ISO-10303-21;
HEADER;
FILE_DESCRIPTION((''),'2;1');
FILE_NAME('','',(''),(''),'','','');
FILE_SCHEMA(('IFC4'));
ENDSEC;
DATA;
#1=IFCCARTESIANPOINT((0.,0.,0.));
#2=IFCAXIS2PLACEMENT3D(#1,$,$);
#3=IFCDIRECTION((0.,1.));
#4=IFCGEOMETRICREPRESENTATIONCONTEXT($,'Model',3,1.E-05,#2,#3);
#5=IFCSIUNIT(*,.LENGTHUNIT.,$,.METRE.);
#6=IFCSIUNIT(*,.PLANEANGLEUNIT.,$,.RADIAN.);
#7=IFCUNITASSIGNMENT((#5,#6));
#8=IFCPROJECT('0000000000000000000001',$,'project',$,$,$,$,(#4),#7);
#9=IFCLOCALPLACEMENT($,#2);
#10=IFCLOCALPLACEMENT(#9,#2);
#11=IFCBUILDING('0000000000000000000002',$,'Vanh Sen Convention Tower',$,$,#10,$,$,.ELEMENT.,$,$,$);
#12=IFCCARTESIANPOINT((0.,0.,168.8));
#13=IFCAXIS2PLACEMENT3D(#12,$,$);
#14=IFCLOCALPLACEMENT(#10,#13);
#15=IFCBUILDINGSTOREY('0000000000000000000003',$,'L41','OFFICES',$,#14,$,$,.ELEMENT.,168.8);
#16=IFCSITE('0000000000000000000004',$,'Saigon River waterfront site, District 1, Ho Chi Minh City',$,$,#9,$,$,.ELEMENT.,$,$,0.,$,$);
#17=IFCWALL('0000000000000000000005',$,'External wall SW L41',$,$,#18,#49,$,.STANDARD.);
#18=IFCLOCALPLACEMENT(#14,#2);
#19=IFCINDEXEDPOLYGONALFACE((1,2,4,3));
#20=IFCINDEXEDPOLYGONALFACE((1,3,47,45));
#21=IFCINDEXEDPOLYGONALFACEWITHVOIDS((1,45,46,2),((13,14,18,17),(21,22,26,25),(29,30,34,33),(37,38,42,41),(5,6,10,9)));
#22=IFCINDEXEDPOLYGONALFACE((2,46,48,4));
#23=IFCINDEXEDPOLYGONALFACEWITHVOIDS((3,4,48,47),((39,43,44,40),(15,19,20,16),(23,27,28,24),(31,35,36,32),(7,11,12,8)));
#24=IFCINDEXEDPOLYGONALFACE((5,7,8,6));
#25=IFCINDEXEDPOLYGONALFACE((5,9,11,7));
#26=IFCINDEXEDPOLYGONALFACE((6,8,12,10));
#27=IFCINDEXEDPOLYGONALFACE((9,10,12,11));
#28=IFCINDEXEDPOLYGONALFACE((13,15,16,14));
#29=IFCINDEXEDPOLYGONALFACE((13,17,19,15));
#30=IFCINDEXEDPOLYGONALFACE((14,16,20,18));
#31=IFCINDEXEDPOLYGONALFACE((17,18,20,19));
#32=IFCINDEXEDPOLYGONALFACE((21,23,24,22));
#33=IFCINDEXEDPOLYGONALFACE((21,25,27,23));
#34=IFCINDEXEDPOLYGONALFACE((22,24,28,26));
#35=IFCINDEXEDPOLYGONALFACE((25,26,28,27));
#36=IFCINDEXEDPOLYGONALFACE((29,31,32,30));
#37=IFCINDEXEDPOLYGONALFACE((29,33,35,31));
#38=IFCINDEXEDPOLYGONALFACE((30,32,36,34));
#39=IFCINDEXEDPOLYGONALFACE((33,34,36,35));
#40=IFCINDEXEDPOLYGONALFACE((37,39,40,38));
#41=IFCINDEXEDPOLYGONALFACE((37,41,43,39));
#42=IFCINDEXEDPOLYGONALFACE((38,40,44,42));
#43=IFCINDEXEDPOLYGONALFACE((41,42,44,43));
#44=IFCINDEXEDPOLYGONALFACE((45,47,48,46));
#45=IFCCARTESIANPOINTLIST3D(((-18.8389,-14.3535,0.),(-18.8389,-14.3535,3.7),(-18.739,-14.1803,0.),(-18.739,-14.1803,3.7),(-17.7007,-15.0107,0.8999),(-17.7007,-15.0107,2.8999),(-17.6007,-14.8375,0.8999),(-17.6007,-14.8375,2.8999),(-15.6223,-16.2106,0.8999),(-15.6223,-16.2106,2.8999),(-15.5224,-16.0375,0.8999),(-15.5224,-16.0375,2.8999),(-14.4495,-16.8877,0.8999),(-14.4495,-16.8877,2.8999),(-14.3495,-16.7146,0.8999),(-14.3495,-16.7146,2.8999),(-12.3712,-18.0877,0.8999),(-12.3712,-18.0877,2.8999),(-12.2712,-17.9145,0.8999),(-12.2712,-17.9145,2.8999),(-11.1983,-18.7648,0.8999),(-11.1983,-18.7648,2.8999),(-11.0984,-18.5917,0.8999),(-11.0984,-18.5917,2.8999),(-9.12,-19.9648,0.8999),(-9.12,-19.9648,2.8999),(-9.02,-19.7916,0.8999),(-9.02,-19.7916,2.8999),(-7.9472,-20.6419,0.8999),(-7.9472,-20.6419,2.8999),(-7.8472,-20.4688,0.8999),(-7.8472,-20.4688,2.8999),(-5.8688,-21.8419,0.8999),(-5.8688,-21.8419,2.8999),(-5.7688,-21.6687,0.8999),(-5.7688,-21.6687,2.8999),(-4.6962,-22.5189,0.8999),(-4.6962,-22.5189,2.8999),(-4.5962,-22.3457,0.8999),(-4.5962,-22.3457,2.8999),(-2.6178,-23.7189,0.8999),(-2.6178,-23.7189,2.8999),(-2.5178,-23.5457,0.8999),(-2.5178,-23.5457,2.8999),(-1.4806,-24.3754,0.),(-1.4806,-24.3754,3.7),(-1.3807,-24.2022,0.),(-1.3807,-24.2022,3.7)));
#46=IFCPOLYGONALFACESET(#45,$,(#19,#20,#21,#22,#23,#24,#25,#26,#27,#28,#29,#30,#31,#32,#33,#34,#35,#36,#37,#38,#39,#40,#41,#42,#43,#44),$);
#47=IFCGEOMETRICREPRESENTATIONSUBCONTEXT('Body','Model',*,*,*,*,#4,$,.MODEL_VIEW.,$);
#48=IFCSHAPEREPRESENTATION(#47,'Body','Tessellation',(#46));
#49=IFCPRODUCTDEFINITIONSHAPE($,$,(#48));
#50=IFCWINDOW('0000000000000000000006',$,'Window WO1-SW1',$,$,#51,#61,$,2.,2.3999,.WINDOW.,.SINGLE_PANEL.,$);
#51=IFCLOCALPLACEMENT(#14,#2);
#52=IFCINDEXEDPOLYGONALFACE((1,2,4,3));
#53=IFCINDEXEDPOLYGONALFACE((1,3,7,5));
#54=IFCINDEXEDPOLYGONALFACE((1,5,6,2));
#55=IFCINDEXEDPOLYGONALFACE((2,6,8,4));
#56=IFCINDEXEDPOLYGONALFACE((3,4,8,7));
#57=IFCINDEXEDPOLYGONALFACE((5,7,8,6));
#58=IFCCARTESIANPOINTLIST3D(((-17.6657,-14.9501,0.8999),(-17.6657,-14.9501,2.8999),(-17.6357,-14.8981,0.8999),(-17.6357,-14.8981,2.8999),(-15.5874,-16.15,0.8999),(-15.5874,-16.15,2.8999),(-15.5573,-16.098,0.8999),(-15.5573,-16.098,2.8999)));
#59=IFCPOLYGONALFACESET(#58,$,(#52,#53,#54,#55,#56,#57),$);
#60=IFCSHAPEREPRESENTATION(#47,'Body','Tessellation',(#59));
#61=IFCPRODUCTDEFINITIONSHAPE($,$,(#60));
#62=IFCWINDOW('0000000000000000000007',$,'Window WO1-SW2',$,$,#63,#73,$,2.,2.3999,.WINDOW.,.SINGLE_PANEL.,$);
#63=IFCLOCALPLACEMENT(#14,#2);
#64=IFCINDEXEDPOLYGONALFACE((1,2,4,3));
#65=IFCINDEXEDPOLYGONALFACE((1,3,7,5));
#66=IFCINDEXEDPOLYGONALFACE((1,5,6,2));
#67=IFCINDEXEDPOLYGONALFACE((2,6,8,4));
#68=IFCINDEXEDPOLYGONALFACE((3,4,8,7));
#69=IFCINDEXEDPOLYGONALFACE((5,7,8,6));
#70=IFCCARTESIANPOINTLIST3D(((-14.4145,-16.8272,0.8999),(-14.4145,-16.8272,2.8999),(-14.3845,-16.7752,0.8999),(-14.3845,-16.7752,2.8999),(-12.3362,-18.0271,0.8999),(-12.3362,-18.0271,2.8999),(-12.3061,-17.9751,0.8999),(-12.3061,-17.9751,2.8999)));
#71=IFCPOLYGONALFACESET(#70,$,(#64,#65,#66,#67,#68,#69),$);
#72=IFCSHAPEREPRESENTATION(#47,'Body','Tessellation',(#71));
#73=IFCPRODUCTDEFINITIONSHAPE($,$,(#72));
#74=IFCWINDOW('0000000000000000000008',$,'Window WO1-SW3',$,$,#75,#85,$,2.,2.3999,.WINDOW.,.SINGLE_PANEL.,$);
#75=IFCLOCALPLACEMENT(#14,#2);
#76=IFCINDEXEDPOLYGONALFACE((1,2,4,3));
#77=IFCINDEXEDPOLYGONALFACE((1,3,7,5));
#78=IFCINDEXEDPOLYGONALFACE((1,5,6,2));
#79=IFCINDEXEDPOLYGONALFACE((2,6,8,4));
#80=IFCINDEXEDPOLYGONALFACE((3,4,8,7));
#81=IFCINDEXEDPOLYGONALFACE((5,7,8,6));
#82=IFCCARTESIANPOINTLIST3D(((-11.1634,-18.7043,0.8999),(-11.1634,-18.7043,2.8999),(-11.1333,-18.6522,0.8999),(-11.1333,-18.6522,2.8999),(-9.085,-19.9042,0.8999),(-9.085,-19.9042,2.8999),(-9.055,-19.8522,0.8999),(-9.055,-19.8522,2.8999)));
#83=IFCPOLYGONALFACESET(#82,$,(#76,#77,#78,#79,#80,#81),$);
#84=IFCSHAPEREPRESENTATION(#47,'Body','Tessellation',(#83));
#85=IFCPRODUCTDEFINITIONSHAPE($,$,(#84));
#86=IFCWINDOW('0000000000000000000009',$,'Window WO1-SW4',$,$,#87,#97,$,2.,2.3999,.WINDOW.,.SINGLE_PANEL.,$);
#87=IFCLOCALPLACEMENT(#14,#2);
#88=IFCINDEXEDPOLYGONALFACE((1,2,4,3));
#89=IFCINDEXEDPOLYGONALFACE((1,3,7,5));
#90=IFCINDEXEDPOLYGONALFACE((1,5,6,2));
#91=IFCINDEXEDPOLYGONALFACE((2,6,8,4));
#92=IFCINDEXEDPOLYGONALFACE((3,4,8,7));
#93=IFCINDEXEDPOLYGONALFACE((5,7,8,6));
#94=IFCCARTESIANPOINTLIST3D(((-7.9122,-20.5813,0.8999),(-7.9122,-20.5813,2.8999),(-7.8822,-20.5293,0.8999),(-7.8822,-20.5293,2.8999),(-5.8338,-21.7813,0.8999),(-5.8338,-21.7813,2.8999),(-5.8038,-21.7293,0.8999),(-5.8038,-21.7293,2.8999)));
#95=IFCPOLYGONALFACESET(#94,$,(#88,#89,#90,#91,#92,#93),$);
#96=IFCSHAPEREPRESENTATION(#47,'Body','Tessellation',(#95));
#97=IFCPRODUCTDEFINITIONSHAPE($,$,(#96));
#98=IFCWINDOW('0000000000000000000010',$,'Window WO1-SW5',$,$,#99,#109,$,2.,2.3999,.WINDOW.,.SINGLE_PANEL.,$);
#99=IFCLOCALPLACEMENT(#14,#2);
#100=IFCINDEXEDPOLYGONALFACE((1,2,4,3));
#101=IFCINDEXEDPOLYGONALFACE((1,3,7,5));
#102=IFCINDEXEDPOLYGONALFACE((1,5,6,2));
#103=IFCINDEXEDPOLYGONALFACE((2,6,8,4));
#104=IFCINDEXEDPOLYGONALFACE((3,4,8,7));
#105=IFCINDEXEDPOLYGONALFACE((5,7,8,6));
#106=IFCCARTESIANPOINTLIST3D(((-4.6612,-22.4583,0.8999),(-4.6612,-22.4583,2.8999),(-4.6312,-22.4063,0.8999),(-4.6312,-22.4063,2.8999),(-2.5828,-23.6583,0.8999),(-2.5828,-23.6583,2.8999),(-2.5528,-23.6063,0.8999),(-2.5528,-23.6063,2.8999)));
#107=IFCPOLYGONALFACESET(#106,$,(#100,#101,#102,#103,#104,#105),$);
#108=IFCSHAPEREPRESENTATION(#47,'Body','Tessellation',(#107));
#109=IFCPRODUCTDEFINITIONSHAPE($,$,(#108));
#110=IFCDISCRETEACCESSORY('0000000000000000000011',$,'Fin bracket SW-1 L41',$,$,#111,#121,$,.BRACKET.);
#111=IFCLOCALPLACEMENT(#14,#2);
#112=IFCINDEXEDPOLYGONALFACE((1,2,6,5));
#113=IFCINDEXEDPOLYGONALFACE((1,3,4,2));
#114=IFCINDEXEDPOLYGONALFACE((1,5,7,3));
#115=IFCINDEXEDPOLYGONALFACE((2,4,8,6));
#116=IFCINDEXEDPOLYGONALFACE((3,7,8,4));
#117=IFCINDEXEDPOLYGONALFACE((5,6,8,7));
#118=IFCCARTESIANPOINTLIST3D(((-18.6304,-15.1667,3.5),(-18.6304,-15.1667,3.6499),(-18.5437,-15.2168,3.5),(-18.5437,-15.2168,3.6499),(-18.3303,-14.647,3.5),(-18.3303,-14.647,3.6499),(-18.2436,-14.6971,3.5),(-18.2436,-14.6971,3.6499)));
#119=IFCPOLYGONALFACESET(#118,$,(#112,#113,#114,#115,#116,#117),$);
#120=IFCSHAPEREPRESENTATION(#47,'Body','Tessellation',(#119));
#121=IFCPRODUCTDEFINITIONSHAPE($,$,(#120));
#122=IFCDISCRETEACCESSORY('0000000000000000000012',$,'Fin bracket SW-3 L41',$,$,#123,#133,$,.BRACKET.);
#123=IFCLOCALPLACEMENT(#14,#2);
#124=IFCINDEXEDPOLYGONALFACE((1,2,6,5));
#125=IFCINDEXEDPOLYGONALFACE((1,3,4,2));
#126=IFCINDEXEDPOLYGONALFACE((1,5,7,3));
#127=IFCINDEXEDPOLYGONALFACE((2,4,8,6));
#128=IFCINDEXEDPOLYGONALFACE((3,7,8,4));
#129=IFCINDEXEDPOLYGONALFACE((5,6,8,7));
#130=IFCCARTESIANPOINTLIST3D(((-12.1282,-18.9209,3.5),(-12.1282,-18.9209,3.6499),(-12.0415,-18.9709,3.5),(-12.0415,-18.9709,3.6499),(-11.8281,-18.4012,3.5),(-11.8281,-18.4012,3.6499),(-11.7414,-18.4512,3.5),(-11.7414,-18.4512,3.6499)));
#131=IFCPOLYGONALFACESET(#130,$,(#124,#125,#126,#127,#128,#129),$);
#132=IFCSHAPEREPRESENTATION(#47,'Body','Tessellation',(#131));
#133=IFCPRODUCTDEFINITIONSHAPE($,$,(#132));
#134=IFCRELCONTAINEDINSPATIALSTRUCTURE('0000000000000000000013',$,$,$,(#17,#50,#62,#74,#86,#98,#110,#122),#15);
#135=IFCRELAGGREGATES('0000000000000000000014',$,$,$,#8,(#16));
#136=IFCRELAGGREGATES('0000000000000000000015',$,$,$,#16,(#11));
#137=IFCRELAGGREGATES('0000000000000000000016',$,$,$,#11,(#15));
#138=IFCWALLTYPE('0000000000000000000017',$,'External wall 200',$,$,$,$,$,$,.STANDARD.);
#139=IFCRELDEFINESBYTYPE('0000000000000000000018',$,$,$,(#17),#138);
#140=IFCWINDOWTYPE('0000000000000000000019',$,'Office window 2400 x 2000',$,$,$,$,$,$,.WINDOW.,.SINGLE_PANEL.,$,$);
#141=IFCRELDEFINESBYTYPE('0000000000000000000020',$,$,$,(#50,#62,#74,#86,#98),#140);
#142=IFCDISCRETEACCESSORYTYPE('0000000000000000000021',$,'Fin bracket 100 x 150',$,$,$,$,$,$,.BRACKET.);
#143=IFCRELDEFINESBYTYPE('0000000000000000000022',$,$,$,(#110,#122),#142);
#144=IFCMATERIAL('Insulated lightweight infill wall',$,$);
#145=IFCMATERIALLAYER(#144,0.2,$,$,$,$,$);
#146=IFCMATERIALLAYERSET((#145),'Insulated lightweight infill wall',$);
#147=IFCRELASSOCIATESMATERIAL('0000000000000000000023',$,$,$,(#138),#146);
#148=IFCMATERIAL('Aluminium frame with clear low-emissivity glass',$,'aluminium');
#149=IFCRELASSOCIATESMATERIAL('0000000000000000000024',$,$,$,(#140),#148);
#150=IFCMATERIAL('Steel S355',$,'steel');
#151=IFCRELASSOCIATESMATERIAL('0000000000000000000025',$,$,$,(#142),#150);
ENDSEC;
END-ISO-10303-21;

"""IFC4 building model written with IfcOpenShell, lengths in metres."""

from ifc_helpers import new_model, si_unit, direction, frame, frame_2d, origin, origin_2d, place, context, subcontext, project, spatial, rectangle, extrude, material, layer, layer_set, type_object, element, fill, save


model = new_model("IFC4")

# Units and contexts
model_context = context("Model", 3, precision=1e-05, world=origin(), true_north=direction((0.0, 1.0)))
body_context = subcontext(model_context, "Body", "Model", "MODEL_VIEW")
ifc_project = project(units=[si_unit("LENGTHUNIT", "METRE"), si_unit("PLANEANGLEUNIT", "RADIAN")], contexts=[model_context])

# Site, building, storey
site_placement = place(None, origin())
site = spatial("IfcSite", under=ifc_project, at=site_placement, Name="Saigon River waterfront site, District 1, Ho Chi Minh City", CompositionType="ELEMENT", RefElevation=0.0)
building_placement = place(site_placement, origin())
building = spatial("IfcBuilding", under=site, at=building_placement, Name="Vanh Sen Convention Tower", CompositionType="ELEMENT")
storey_placement = place(building_placement, frame((0.0, 0.0, 168.8)))
storey = spatial("IfcBuildingStorey", under=building, at=storey_placement, Name="L41", Description="OFFICES", CompositionType="ELEMENT", Elevation=168.8)

# Wall, openings, windows
ifc_material_1 = material(Name="Insulated lightweight infill wall")
ifc_layer_1 = layer(ifc_material_1, 0.2)
ifc_layer_set_1 = layer_set([ifc_layer_1], Name="Insulated lightweight infill wall")
wall_type_1 = type_object("IfcWallType", Name="External wall 200", PredefinedType="STANDARD", material=ifc_layer_set_1)
wall_1_placement = place(storey_placement, frame((-18.7891, -14.2668, 0.0), z_axis=(0.0, 0.0, 1.0), x_axis=(0.866023, -0.500004, 0.0)))
wall_1 = element("IfcWall", 1, at=wall_1_placement, inside=storey, type_object=wall_type_1, Name="External wall SW L41", PredefinedType="STANDARD", context=body_context, shape_type="SweptSolid", body=[
    extrude(rectangle(XDim=20.0437, YDim=0.2, at=frame_2d((10.022, 0.0))), origin(), (0.0, 0.0, 1.0), 3.7),
])
opening_1_placement = place(wall_1_placement, frame((1.3145, 0.0, 0.8999)))
opening_1 = element("IfcOpeningElement", 2, at=opening_1_placement, cuts=wall_1, PredefinedType="OPENING", context=body_context, shape_type="SweptSolid", body=[
    extrude(rectangle(XDim=2.3999, YDim=2.0, at=frame_2d((1.2, 1.0))), frame((0.0, 0.1099, 0.0), z_axis=(0.0, -1.0, 0.0), x_axis=(1.0, 0.0, 0.0)), (0.0, 0.0, 1.0), 0.22),
])
opening_2_placement = place(wall_1_placement, frame((5.0686, 0.0, 0.8999)))
opening_2 = element("IfcOpeningElement", 3, at=opening_2_placement, cuts=wall_1, PredefinedType="OPENING", context=body_context, shape_type="SweptSolid", body=[
    extrude(rectangle(XDim=2.3999, YDim=2.0, at=frame_2d((1.2, 1.0))), frame((0.0, 0.1099, 0.0), z_axis=(0.0, -1.0, 0.0), x_axis=(1.0, 0.0, 0.0)), (0.0, 0.0, 1.0), 0.22),
])
opening_3_placement = place(wall_1_placement, frame((8.8228, 0.0, 0.8999)))
opening_3 = element("IfcOpeningElement", 4, at=opening_3_placement, cuts=wall_1, PredefinedType="OPENING", context=body_context, shape_type="SweptSolid", body=[
    extrude(rectangle(XDim=2.3999, YDim=2.0, at=frame_2d((1.2, 1.0))), frame((0.0, 0.1099, 0.0), z_axis=(0.0, -1.0, 0.0), x_axis=(1.0, 0.0, 0.0)), (0.0, 0.0, 1.0), 0.22),
])
opening_4_placement = place(wall_1_placement, frame((12.5769, 0.0, 0.8999)))
opening_4 = element("IfcOpeningElement", 5, at=opening_4_placement, cuts=wall_1, PredefinedType="OPENING", context=body_context, shape_type="SweptSolid", body=[
    extrude(rectangle(XDim=2.3999, YDim=2.0, at=frame_2d((1.2, 1.0))), frame((0.0, 0.1099, 0.0), z_axis=(0.0, -1.0, 0.0), x_axis=(1.0, 0.0, 0.0)), (0.0, 0.0, 1.0), 0.22),
])
opening_5_placement = place(wall_1_placement, frame((16.3308, 0.0, 0.8999)))
opening_5 = element("IfcOpeningElement", 6, at=opening_5_placement, cuts=wall_1, PredefinedType="OPENING", context=body_context, shape_type="SweptSolid", body=[
    extrude(rectangle(XDim=2.3999, YDim=2.0, at=frame_2d((1.2, 1.0))), frame((0.0, 0.1099, 0.0), z_axis=(0.0, -1.0, 0.0), x_axis=(1.0, 0.0, 0.0)), (0.0, 0.0, 1.0), 0.22),
])
ifc_material_2 = material(Name="Aluminium frame with clear low-emissivity glass", Category="aluminium")
window_type = type_object("IfcWindowType", Name="Office window 2400 x 2000", PartitioningType="SINGLE_PANEL", PredefinedType="WINDOW", material=ifc_material_2)
window_1_placement = place(opening_1_placement, origin())
window_1 = element("IfcWindow", 7, at=window_1_placement, inside=storey, type_object=window_type, Name="Window WO1-SW1", OverallHeight=2.0, OverallWidth=2.3999, PartitioningType="SINGLE_PANEL", PredefinedType="WINDOW", context=body_context, shape_type="SweptSolid", body=[
    extrude(rectangle(XDim=2.3999, YDim=2.0, at=frame_2d((1.2, 1.0))), frame((0.0, 0.03, 0.0), z_axis=(0.0, -1.0, 0.0), x_axis=(1.0, 0.0, 0.0)), (0.0, 0.0, 1.0), 0.0601),
])
fill(opening_1, window_1)
window_2_placement = place(opening_2_placement, origin())
window_2 = element("IfcWindow", 8, at=window_2_placement, inside=storey, type_object=window_type, Name="Window WO1-SW2", OverallHeight=2.0, OverallWidth=2.3999, PartitioningType="SINGLE_PANEL", PredefinedType="WINDOW", context=body_context, shape_type="SweptSolid", body=[
    extrude(rectangle(XDim=2.3999, YDim=2.0, at=frame_2d((1.2, 1.0))), frame((0.0, 0.03, 0.0), z_axis=(0.0, -1.0, 0.0), x_axis=(1.0, 0.0, 0.0)), (0.0, 0.0, 1.0), 0.0601),
])
fill(opening_2, window_2)
window_3_placement = place(opening_3_placement, origin())
window_3 = element("IfcWindow", 9, at=window_3_placement, inside=storey, type_object=window_type, Name="Window WO1-SW3", OverallHeight=2.0, OverallWidth=2.3999, PartitioningType="SINGLE_PANEL", PredefinedType="WINDOW", context=body_context, shape_type="SweptSolid", body=[
    extrude(rectangle(XDim=2.3999, YDim=2.0, at=frame_2d((1.2, 1.0))), frame((0.0, 0.03, 0.0), z_axis=(0.0, -1.0, 0.0), x_axis=(1.0, 0.0, 0.0)), (0.0, 0.0, 1.0), 0.0601),
])
fill(opening_3, window_3)
window_4_placement = place(opening_4_placement, origin())
window_4 = element("IfcWindow", 10, at=window_4_placement, inside=storey, type_object=window_type, Name="Window WO1-SW4", OverallHeight=2.0, OverallWidth=2.3999, PartitioningType="SINGLE_PANEL", PredefinedType="WINDOW", context=body_context, shape_type="SweptSolid", body=[
    extrude(rectangle(XDim=2.3999, YDim=2.0, at=frame_2d((1.2, 1.0))), frame((0.0, 0.03, 0.0), z_axis=(0.0, -1.0, 0.0), x_axis=(1.0, 0.0, 0.0)), (0.0, 0.0, 1.0), 0.0601),
])
fill(opening_4, window_4)
window_5_placement = place(opening_5_placement, origin())
window_5 = element("IfcWindow", 11, at=window_5_placement, inside=storey, type_object=window_type, Name="Window WO1-SW5", OverallHeight=2.0, OverallWidth=2.3999, PartitioningType="SINGLE_PANEL", PredefinedType="WINDOW", context=body_context, shape_type="SweptSolid", body=[
    extrude(rectangle(XDim=2.3999, YDim=2.0, at=frame_2d((1.2, 1.0))), frame((0.0, 0.03, 0.0), z_axis=(0.0, -1.0, 0.0), x_axis=(1.0, 0.0, 0.0)), (0.0, 0.0, 1.0), 0.0601),
])
fill(opening_5, window_5)

# Discrete accessories
ifc_material_3 = material(Name="Steel S355", Category="steel")
discrete_accessory_type = type_object("IfcDiscreteAccessoryType", Name="Fin bracket 100 x 150", PredefinedType="BRACKET", material=ifc_material_3)
for number, where, z_axis, x_axis, name in (
    (12, (-18.437, -14.9319, 3.5), (0.0, 0.0, 1.0), (-0.5, -0.866025, 0.0), "Fin bracket SW-1 L41"),
    (13, (-11.9348, -18.686, 3.5), (0.0, 0.0, 1.0), (-0.5, -0.866025, 0.0), "Fin bracket SW-3 L41"),
):
    element("IfcDiscreteAccessory", number, at=place(storey_placement, frame(where, z_axis=z_axis, x_axis=x_axis)), inside=storey, type_object=discrete_accessory_type, Name=name, PredefinedType="BRACKET", context=body_context, shape_type="SweptSolid", body=[
        extrude(rectangle(XDim=0.6001, YDim=0.1001, at=origin_2d()), origin(), (0.0, 0.0, 1.0), 0.1499),
    ])

save(model, "model.ifc")
